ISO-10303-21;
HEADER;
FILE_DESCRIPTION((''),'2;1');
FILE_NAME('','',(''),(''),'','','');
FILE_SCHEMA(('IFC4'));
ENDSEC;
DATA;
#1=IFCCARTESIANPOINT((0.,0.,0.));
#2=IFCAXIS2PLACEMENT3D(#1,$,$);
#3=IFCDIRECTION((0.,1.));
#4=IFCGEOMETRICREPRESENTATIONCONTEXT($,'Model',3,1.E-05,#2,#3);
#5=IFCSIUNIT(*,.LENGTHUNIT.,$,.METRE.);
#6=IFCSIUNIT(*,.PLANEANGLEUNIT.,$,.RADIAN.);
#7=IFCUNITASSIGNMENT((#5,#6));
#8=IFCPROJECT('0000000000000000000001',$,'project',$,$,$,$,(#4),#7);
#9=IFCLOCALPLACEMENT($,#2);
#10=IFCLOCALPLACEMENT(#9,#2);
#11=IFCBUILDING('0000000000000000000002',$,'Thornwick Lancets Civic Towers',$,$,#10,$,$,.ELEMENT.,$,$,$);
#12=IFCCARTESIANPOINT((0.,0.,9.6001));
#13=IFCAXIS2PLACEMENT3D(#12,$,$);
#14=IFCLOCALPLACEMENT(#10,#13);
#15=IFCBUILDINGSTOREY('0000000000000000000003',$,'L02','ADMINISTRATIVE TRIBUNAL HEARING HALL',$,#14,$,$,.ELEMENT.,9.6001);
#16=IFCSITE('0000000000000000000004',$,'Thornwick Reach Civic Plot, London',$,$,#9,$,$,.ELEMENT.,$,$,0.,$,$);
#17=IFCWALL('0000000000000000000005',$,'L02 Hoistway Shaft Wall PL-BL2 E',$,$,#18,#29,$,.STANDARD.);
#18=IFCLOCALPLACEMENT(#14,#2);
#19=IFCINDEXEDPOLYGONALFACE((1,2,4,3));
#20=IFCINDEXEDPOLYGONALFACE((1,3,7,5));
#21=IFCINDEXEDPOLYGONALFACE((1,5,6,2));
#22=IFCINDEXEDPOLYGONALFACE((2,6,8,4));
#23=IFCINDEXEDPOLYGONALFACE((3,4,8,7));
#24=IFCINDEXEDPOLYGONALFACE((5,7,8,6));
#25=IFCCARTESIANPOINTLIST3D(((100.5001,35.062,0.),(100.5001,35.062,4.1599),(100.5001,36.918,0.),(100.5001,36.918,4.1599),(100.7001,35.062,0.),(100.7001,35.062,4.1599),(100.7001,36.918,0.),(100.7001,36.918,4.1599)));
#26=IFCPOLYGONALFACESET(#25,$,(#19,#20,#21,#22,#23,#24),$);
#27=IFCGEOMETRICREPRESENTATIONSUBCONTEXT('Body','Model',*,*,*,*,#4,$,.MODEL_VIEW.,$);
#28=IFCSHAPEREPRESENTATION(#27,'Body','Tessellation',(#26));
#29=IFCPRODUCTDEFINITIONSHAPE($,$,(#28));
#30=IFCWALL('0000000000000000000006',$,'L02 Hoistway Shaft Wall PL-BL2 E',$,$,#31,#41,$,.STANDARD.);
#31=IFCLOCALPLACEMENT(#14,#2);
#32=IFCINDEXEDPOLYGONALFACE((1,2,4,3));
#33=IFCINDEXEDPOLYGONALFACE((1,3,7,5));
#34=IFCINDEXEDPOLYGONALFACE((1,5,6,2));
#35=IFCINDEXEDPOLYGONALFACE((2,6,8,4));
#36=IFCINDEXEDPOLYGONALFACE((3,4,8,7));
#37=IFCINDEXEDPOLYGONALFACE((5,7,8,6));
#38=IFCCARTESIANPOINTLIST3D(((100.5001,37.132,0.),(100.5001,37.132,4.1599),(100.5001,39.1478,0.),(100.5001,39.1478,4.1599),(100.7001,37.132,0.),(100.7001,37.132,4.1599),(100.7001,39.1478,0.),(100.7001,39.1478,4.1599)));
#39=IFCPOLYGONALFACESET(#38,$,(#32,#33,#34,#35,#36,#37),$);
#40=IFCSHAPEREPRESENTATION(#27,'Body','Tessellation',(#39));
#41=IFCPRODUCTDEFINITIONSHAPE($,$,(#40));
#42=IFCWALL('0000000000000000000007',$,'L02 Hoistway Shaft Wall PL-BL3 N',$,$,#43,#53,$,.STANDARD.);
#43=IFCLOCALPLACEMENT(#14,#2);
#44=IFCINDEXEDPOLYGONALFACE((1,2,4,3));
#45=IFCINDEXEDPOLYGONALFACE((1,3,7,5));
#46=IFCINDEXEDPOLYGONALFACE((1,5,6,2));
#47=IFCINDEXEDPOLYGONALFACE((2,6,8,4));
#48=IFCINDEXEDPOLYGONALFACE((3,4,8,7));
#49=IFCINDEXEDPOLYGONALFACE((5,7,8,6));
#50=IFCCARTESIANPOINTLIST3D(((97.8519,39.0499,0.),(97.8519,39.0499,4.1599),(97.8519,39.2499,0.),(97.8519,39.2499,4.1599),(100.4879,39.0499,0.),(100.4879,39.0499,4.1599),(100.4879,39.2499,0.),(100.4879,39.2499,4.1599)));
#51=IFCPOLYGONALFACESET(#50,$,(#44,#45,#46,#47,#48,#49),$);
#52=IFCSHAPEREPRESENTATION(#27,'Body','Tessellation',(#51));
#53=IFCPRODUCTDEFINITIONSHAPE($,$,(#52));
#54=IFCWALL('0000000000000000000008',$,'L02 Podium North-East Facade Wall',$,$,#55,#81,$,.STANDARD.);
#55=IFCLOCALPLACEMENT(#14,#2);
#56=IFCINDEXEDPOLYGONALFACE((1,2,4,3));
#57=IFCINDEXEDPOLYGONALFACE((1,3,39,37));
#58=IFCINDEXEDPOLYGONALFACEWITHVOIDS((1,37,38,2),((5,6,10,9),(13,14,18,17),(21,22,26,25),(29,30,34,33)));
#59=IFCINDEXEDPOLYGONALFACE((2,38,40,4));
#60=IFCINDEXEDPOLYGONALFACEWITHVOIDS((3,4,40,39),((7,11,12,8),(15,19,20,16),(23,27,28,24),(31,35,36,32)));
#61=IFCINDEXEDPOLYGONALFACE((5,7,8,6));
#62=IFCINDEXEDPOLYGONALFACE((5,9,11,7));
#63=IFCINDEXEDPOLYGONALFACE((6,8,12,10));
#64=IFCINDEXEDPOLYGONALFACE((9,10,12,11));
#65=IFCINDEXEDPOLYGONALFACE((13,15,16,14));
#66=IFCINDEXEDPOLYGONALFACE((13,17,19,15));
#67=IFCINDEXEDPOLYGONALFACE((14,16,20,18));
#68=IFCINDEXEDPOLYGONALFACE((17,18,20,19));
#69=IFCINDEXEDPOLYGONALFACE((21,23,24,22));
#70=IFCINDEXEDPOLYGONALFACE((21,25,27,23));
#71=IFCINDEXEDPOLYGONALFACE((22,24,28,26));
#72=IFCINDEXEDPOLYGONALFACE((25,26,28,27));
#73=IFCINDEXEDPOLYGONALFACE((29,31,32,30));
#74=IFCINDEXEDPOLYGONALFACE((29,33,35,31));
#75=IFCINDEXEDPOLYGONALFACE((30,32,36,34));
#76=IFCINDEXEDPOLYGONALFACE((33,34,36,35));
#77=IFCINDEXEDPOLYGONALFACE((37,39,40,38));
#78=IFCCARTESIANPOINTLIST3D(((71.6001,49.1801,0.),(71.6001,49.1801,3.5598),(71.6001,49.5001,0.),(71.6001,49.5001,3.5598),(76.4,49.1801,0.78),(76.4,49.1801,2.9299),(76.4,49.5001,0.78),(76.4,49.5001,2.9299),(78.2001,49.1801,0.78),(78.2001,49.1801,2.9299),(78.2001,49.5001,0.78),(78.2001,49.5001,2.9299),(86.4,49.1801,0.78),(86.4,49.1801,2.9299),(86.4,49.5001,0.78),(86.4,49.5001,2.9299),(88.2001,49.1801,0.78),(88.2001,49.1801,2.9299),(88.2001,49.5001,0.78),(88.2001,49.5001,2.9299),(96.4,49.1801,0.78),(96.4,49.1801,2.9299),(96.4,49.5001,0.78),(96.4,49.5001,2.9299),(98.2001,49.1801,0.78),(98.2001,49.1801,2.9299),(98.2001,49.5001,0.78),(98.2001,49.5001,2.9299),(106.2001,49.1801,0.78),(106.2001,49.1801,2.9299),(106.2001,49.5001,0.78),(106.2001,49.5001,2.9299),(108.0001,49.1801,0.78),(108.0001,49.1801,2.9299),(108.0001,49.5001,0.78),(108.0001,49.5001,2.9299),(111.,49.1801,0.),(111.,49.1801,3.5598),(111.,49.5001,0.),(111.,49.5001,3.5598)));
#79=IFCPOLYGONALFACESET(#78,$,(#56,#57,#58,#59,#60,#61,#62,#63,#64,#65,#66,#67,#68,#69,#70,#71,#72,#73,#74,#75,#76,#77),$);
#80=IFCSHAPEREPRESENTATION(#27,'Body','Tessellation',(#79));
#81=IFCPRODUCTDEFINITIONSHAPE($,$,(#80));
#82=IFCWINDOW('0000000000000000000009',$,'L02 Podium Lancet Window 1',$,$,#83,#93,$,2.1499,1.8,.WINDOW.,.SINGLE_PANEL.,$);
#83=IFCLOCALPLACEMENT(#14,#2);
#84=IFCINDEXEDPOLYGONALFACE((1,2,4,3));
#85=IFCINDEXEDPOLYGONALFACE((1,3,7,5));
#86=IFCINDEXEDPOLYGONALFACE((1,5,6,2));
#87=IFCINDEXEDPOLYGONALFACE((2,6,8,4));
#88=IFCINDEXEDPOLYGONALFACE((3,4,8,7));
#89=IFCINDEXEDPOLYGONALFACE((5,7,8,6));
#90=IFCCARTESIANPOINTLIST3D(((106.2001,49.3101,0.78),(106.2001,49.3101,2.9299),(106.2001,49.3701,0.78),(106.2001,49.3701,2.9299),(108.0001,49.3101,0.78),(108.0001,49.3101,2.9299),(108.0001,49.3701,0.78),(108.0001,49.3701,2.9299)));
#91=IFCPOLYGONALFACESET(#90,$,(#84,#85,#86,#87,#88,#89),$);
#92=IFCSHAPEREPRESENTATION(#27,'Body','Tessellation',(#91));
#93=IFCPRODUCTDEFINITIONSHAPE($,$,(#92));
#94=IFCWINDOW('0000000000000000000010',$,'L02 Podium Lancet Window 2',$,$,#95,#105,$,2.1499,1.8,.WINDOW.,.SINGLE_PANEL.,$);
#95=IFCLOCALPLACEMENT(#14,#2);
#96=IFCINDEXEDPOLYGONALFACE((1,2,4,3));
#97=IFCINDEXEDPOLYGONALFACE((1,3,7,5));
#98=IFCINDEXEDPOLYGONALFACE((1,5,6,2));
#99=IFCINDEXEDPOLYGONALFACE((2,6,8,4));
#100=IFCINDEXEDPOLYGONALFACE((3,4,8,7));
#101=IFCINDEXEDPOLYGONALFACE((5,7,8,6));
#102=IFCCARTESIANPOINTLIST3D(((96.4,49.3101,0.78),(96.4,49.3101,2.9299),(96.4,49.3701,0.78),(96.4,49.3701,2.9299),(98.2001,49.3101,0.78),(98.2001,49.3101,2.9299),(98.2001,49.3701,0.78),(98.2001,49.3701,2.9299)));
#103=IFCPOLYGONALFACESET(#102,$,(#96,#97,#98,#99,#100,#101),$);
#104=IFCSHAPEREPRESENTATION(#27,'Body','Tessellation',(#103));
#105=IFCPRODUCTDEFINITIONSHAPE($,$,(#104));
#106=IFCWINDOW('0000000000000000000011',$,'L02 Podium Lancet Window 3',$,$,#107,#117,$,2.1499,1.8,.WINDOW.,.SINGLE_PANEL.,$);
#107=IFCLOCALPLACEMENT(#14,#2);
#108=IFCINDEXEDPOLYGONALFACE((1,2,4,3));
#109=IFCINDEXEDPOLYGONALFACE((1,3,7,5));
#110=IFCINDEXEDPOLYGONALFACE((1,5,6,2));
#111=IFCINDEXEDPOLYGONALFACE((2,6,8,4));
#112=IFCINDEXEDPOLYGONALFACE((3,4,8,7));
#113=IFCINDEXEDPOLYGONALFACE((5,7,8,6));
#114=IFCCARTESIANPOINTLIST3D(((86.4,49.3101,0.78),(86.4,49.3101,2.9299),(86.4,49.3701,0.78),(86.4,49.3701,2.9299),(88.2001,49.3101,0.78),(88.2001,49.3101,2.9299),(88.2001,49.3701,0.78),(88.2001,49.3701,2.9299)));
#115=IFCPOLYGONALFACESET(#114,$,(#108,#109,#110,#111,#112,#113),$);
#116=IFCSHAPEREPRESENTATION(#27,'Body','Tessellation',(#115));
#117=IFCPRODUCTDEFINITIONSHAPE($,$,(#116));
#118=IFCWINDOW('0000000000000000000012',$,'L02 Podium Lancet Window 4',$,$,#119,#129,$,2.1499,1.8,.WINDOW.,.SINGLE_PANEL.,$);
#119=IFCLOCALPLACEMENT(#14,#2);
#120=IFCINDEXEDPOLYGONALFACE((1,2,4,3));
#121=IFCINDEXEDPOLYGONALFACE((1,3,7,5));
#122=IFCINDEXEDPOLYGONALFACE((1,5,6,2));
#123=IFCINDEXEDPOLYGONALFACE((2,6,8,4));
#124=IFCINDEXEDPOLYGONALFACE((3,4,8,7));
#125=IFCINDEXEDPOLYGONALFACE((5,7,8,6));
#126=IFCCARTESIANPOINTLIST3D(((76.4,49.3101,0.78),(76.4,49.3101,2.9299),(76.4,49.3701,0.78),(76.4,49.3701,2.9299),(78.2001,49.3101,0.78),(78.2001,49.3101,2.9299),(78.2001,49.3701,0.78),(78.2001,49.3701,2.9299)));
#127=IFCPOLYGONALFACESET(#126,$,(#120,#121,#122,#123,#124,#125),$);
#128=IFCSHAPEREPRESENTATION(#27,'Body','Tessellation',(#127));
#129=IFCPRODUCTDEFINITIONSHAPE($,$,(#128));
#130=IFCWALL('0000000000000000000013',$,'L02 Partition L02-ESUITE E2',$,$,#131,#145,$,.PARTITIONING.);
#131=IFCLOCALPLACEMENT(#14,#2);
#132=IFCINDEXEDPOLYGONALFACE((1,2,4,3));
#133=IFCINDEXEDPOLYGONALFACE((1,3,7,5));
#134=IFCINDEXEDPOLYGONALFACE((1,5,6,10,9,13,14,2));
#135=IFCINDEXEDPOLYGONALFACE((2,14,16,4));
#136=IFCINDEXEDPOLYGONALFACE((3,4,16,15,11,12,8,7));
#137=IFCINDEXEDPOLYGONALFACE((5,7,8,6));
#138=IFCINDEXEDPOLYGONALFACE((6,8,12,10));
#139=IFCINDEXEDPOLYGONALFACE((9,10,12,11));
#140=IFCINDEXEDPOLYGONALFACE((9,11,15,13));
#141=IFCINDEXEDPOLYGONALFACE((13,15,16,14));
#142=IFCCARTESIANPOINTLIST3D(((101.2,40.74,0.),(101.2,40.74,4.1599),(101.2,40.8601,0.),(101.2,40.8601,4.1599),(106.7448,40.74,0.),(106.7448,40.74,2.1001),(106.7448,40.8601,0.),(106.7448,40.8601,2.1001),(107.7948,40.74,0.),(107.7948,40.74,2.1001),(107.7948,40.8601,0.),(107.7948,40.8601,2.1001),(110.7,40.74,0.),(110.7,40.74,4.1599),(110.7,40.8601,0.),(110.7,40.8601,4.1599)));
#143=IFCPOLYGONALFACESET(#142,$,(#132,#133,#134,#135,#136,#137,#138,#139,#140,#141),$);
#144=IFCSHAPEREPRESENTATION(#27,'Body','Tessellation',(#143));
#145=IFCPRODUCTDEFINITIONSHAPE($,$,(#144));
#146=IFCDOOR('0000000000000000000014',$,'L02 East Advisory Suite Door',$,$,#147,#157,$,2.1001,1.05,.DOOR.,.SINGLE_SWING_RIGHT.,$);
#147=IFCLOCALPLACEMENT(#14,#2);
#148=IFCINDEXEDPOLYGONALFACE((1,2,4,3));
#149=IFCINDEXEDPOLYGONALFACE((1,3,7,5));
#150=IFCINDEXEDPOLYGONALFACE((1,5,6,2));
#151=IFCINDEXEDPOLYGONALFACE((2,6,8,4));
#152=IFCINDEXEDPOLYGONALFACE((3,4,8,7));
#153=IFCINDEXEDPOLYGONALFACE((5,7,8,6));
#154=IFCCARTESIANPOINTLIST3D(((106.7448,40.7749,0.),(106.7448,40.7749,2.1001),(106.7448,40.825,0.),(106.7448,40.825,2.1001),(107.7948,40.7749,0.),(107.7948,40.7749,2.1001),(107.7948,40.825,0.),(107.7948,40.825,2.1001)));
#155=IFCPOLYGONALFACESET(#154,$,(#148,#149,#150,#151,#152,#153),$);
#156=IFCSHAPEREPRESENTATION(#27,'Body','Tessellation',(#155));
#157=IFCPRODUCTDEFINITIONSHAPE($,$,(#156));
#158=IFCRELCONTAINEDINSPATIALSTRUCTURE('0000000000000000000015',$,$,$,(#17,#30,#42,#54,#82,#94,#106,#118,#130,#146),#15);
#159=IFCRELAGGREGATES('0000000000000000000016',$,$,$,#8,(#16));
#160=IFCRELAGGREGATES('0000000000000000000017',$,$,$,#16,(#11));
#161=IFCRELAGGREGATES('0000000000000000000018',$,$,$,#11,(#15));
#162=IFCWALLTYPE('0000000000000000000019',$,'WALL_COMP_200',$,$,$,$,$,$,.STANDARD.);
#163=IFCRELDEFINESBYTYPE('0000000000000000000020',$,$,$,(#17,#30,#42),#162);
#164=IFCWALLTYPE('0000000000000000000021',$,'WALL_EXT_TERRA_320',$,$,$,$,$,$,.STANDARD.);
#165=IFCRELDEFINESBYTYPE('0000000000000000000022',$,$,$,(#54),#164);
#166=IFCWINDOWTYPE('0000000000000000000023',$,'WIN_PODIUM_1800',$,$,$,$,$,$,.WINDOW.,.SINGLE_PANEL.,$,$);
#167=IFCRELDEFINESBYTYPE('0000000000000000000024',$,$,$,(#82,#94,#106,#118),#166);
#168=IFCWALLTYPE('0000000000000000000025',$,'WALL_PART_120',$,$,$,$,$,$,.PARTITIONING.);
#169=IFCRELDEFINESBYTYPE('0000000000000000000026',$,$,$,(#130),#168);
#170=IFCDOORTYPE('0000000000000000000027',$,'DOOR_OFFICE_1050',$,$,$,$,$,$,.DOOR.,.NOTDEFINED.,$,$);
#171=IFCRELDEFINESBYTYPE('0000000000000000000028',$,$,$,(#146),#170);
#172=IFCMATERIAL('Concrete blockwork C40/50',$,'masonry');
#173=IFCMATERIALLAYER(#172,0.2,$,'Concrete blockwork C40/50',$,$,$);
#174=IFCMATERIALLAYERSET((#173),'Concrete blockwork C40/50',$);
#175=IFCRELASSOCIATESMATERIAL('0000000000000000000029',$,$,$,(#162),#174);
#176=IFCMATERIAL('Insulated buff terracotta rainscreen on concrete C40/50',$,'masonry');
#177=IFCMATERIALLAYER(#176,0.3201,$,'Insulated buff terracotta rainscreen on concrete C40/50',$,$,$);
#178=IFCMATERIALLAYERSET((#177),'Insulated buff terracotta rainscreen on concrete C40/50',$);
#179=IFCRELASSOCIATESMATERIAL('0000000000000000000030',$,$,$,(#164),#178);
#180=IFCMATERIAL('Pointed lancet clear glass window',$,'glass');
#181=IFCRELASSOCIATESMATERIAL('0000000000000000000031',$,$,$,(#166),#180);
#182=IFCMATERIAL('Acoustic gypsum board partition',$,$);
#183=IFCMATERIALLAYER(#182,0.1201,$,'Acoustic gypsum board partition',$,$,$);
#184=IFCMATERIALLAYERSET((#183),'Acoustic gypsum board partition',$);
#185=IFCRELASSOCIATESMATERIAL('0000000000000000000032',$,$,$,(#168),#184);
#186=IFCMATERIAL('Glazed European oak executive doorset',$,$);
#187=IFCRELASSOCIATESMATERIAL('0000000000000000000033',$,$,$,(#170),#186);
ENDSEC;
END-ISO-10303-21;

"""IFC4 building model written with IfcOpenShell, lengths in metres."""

from ifc_helpers import new_model, si_unit, direction, frame, frame_2d, origin, place, context, subcontext, project, spatial, rectangle, extrude, material, layer, layer_set, type_object, element, fill, save


model = new_model("IFC4")

# Units and contexts
model_context = context("Model", 3, precision=1e-05, world=origin(), true_north=direction((0.0, 1.0)))
body_context = subcontext(model_context, "Body", "Model", "MODEL_VIEW")
ifc_project = project(units=[si_unit("LENGTHUNIT", "METRE"), si_unit("PLANEANGLEUNIT", "RADIAN")], contexts=[model_context])

# Site, building, storey
site_placement = place(None, origin())
site = spatial("IfcSite", under=ifc_project, at=site_placement, Name="Thornwick Reach Civic Plot, London", CompositionType="ELEMENT", RefElevation=0.0)
building_placement = place(site_placement, origin())
building = spatial("IfcBuilding", under=site, at=building_placement, Name="Thornwick Lancets Civic Towers", CompositionType="ELEMENT")
storey_placement = place(building_placement, frame((0.0, 0.0, 9.6001)))
storey = spatial("IfcBuildingStorey", under=building, at=storey_placement, Name="L02", Description="ADMINISTRATIVE TRIBUNAL HEARING HALL", CompositionType="ELEMENT", Elevation=9.6001)

# Shared definitions
ifc_material_1 = material(Name="Concrete blockwork C40/50", Category="masonry")
ifc_layer_1 = layer(ifc_material_1, 0.2, Name="Concrete blockwork C40/50")
ifc_layer_set_1 = layer_set([ifc_layer_1], Name="Concrete blockwork C40/50")
wall_type_1 = type_object("IfcWallType", Name="WALL_COMP_200", PredefinedType="STANDARD", material=ifc_layer_set_1)

# Walls
wall_1_placement = place(storey_placement, frame((100.6001, 35.062, 0.0), z_axis=(0.0, 0.0, 1.0), x_axis=(0.0, 1.0, 0.0)))
element("IfcWall", 1, at=wall_1_placement, inside=storey, type_object=wall_type_1, Name="L02 Hoistway Shaft Wall PL-BL2 E", PredefinedType="STANDARD", context=body_context, shape_type="SweptSolid", body=[
    extrude(rectangle(XDim=1.856, YDim=0.2, at=frame_2d((0.928, 0.0))), origin(), (0.0, 0.0, 1.0), 4.1599),
])
wall_2_placement = place(storey_placement, frame((100.6001, 37.1321, 0.0), z_axis=(0.0, 0.0, 1.0), x_axis=(0.0, 1.0, 0.0)))
element("IfcWall", 2, at=wall_2_placement, inside=storey, type_object=wall_type_1, Name="L02 Hoistway Shaft Wall PL-BL2 E", PredefinedType="STANDARD", context=body_context, shape_type="SweptSolid", body=[
    extrude(rectangle(XDim=2.0159, YDim=0.2, at=frame_2d((1.0078, 0.0))), origin(), (0.0, 0.0, 1.0), 4.1599),
])
wall_3_placement = place(storey_placement, frame((97.8521, 39.1499, 0.0), z_axis=(0.0, 0.0, 1.0), x_axis=(1.0, 0.0, 0.0)))
element("IfcWall", 3, at=wall_3_placement, inside=storey, type_object=wall_type_1, Name="L02 Hoistway Shaft Wall PL-BL3 N", PredefinedType="STANDARD", context=body_context, shape_type="SweptSolid", body=[
    extrude(rectangle(XDim=2.636, YDim=0.2, at=frame_2d((1.3179, 0.0))), origin(), (0.0, 0.0, 1.0), 4.1599),
])

# Wall, openings, windows
ifc_material_2 = material(Name="Insulated buff terracotta rainscreen on concrete C40/50", Category="masonry")
ifc_layer_2 = layer(ifc_material_2, 0.3201, Name="Insulated buff terracotta rainscreen on concrete C40/50")
ifc_layer_set_2 = layer_set([ifc_layer_2], Name="Insulated buff terracotta rainscreen on concrete C40/50")
wall_type_2 = type_object("IfcWallType", Name="WALL_EXT_TERRA_320", PredefinedType="STANDARD", material=ifc_layer_set_2)
wall_4_placement = place(storey_placement, frame((111.0, 49.3401, 0.0), z_axis=(0.0, 0.0, 1.0), x_axis=(-1.0, 0.0, 0.0)))
wall_4 = element("IfcWall", 4, at=wall_4_placement, inside=storey, type_object=wall_type_2, Name="L02 Podium North-East Facade Wall", PredefinedType="STANDARD", context=body_context, shape_type="SweptSolid", body=[
    extrude(rectangle(XDim=39.3999, YDim=0.3201, at=frame_2d((19.7, 0.0))), origin(), (0.0, 0.0, 1.0), 3.5598),
])
opening_1_placement = place(wall_4_placement, frame((3.0, 0.0, 0.78)))
opening_1 = element("IfcOpeningElement", 5, at=opening_1_placement, cuts=wall_4, PredefinedType="OPENING", context=body_context, shape_type="SweptSolid", body=[
    extrude(rectangle(XDim=1.8, YDim=2.1499, at=frame_2d((0.8999, 1.075))), frame((0.0, 0.1699, 0.0), z_axis=(0.0, -1.0, 0.0), x_axis=(1.0, 0.0, 0.0)), (0.0, 0.0, 1.0), 0.3401),
])
opening_2_placement = place(wall_4_placement, frame((12.8, 0.0, 0.78)))
opening_2 = element("IfcOpeningElement", 6, at=opening_2_placement, cuts=wall_4, PredefinedType="OPENING", context=body_context, shape_type="SweptSolid", body=[
    extrude(rectangle(XDim=1.8, YDim=2.1499, at=frame_2d((0.8999, 1.075))), frame((0.0, 0.1699, 0.0), z_axis=(0.0, -1.0, 0.0), x_axis=(1.0, 0.0, 0.0)), (0.0, 0.0, 1.0), 0.3401),
])
opening_3_placement = place(wall_4_placement, frame((22.8, 0.0, 0.78)))
opening_3 = element("IfcOpeningElement", 7, at=opening_3_placement, cuts=wall_4, PredefinedType="OPENING", context=body_context, shape_type="SweptSolid", body=[
    extrude(rectangle(XDim=1.8, YDim=2.1499, at=frame_2d((0.8999, 1.075))), frame((0.0, 0.1699, 0.0), z_axis=(0.0, -1.0, 0.0), x_axis=(1.0, 0.0, 0.0)), (0.0, 0.0, 1.0), 0.3401),
])
opening_4_placement = place(wall_4_placement, frame((32.8, 0.0, 0.78)))
opening_4 = element("IfcOpeningElement", 8, at=opening_4_placement, cuts=wall_4, PredefinedType="OPENING", context=body_context, shape_type="SweptSolid", body=[
    extrude(rectangle(XDim=1.8, YDim=2.1499, at=frame_2d((0.8999, 1.075))), frame((0.0, 0.1699, 0.0), z_axis=(0.0, -1.0, 0.0), x_axis=(1.0, 0.0, 0.0)), (0.0, 0.0, 1.0), 0.3401),
])
ifc_material_3 = material(Name="Pointed lancet clear glass window", Category="glass")
window_type = type_object("IfcWindowType", Name="WIN_PODIUM_1800", PartitioningType="SINGLE_PANEL", PredefinedType="WINDOW", material=ifc_material_3)
window_1_placement = place(opening_1_placement, origin())
window_1 = element("IfcWindow", 9, at=window_1_placement, inside=storey, type_object=window_type, Name="L02 Podium Lancet Window 1", OverallHeight=2.1499, OverallWidth=1.8, PartitioningType="SINGLE_PANEL", PredefinedType="WINDOW", context=body_context, shape_type="SweptSolid", body=[
    extrude(rectangle(XDim=1.8, YDim=2.1499, at=frame_2d((0.8999, 1.075))), frame((0.0, 0.03, 0.0), z_axis=(0.0, -1.0, 0.0), x_axis=(1.0, 0.0, 0.0)), (0.0, 0.0, 1.0), 0.0601),
])
fill(opening_1, window_1)
window_2_placement = place(opening_2_placement, origin())
window_2 = element("IfcWindow", 10, at=window_2_placement, inside=storey, type_object=window_type, Name="L02 Podium Lancet Window 2", OverallHeight=2.1499, OverallWidth=1.8, PartitioningType="SINGLE_PANEL", PredefinedType="WINDOW", context=body_context, shape_type="SweptSolid", body=[
    extrude(rectangle(XDim=1.8, YDim=2.1499, at=frame_2d((0.8999, 1.075))), frame((0.0, 0.03, 0.0), z_axis=(0.0, -1.0, 0.0), x_axis=(1.0, 0.0, 0.0)), (0.0, 0.0, 1.0), 0.0601),
])
fill(opening_2, window_2)
window_3_placement = place(opening_3_placement, origin())
window_3 = element("IfcWindow", 11, at=window_3_placement, inside=storey, type_object=window_type, Name="L02 Podium Lancet Window 3", OverallHeight=2.1499, OverallWidth=1.8, PartitioningType="SINGLE_PANEL", PredefinedType="WINDOW", context=body_context, shape_type="SweptSolid", body=[
    extrude(rectangle(XDim=1.8, YDim=2.1499, at=frame_2d((0.8999, 1.075))), frame((0.0, 0.03, 0.0), z_axis=(0.0, -1.0, 0.0), x_axis=(1.0, 0.0, 0.0)), (0.0, 0.0, 1.0), 0.0601),
])
fill(opening_3, window_3)
window_4_placement = place(opening_4_placement, origin())
window_4 = element("IfcWindow", 12, at=window_4_placement, inside=storey, type_object=window_type, Name="L02 Podium Lancet Window 4", OverallHeight=2.1499, OverallWidth=1.8, PartitioningType="SINGLE_PANEL", PredefinedType="WINDOW", context=body_context, shape_type="SweptSolid", body=[
    extrude(rectangle(XDim=1.8, YDim=2.1499, at=frame_2d((0.8999, 1.075))), frame((0.0, 0.03, 0.0), z_axis=(0.0, -1.0, 0.0), x_axis=(1.0, 0.0, 0.0)), (0.0, 0.0, 1.0), 0.0601),
])
fill(opening_4, window_4)

# Wall, opening, door
ifc_material_4 = material(Name="Acoustic gypsum board partition")
ifc_layer_3 = layer(ifc_material_4, 0.1201, Name="Acoustic gypsum board partition")
ifc_layer_set_3 = layer_set([ifc_layer_3], Name="Acoustic gypsum board partition")
wall_type_3 = type_object("IfcWallType", Name="WALL_PART_120", PredefinedType="PARTITIONING", material=ifc_layer_set_3)
wall_5_placement = place(storey_placement, frame((101.2, 40.8, 0.0), z_axis=(0.0, 0.0, 1.0), x_axis=(1.0, 0.0, 0.0)))
wall_5 = element("IfcWall", 13, at=wall_5_placement, inside=storey, type_object=wall_type_3, Name="L02 Partition L02-ESUITE E2", PredefinedType="PARTITIONING", context=body_context, shape_type="SweptSolid", body=[
    extrude(rectangle(XDim=9.5, YDim=0.1201, at=frame_2d((4.75, 0.0))), origin(), (0.0, 0.0, 1.0), 4.1599),
])
opening_5_placement = place(wall_5_placement, frame((5.5449, 0.0, 0.0)))
opening_5 = element("IfcOpeningElement", 14, at=opening_5_placement, cuts=wall_5, PredefinedType="OPENING", context=body_context, shape_type="SweptSolid", body=[
    extrude(rectangle(XDim=1.05, YDim=2.1001, at=frame_2d((0.5249, 1.05))), frame((0.0, 0.0701, 0.0), z_axis=(0.0, -1.0, 0.0), x_axis=(1.0, 0.0, 0.0)), (0.0, 0.0, 1.0), 0.1401),
])
ifc_material_5 = material(Name="Glazed European oak executive doorset")
door_type_1 = type_object("IfcDoorType", Name="DOOR_OFFICE_1050", OperationType="NOTDEFINED", PredefinedType="DOOR", material=ifc_material_5)
door_1_placement = place(opening_5_placement, origin())
door_1 = element("IfcDoor", 15, at=door_1_placement, inside=storey, type_object=door_type_1, Name="L02 East Advisory Suite Door", OperationType="SINGLE_SWING_RIGHT", OverallHeight=2.1001, OverallWidth=1.05, PredefinedType="DOOR", context=body_context, shape_type="SweptSolid", body=[
    extrude(rectangle(XDim=1.05, YDim=2.1001, at=frame_2d((0.5249, 1.05))), frame((0.0, 0.0249, 0.0), z_axis=(0.0, -1.0, 0.0), x_axis=(1.0, 0.0, 0.0)), (0.0, 0.0, 1.0), 0.05),
])
fill(opening_5, door_1)

save(model, "model.ifc")
